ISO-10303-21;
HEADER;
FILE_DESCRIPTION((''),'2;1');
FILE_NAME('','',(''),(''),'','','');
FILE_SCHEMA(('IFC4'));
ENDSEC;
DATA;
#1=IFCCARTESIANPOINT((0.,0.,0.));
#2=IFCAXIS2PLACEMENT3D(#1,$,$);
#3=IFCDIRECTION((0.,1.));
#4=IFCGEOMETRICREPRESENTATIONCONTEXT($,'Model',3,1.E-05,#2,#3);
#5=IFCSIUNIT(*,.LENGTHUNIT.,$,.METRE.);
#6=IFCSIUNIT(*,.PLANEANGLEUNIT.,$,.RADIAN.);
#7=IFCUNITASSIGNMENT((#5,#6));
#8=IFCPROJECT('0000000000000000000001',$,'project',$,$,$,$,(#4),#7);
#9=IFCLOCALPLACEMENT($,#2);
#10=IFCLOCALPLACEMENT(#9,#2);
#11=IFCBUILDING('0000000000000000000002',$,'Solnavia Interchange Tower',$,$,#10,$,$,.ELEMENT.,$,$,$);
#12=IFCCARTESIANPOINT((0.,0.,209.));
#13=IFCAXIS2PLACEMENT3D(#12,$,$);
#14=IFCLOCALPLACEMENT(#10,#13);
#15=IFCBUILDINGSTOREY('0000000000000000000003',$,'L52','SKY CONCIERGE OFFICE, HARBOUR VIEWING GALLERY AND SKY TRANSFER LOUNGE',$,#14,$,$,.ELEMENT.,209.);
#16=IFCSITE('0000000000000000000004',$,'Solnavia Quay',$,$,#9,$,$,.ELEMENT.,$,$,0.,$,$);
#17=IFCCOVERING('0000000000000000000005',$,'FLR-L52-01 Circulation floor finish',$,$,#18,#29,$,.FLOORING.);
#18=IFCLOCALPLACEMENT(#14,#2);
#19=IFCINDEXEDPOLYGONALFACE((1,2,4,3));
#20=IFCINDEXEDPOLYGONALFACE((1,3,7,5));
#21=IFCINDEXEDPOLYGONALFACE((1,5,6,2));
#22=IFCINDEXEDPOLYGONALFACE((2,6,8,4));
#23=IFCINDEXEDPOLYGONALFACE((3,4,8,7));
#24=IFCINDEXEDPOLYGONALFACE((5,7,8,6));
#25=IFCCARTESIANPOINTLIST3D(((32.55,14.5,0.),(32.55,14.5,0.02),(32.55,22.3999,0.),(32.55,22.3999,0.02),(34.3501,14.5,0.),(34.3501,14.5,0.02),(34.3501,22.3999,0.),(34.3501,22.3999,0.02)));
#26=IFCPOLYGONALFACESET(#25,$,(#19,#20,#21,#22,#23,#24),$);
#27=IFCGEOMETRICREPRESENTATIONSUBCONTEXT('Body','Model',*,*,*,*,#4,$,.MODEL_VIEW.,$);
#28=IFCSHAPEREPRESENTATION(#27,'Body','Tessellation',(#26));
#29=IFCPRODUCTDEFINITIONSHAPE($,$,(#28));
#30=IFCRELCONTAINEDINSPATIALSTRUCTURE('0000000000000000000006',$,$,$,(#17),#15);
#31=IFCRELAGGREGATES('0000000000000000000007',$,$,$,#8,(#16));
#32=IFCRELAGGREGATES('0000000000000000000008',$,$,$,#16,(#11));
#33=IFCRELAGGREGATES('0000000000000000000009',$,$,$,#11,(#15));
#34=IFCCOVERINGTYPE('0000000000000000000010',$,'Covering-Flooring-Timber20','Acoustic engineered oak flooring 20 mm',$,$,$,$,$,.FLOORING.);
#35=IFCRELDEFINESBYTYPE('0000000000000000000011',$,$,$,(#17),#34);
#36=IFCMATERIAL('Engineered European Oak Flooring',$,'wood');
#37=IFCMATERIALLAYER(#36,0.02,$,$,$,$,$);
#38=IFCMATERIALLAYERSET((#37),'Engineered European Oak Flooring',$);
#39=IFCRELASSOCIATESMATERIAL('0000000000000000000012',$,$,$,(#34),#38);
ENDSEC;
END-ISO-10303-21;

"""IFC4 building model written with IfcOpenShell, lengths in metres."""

from ifc_helpers import new_model, si_unit, direction, frame, origin, place, context, subcontext, project, spatial, polyline, outline, extrude, material, layer, layer_set, type_object, element, save


model = new_model("IFC4")

# Units and contexts
model_context = context("Model", 3, precision=1e-05, world=origin(), true_north=direction((0.0, 1.0)))
body_context = subcontext(model_context, "Body", "Model", "MODEL_VIEW")
ifc_project = project(units=[si_unit("LENGTHUNIT", "METRE"), si_unit("PLANEANGLEUNIT", "RADIAN")], contexts=[model_context])

# Site, building, storey
site_placement = place(None, origin())
site = spatial("IfcSite", under=ifc_project, at=site_placement, Name="Solnavia Quay", CompositionType="ELEMENT", RefElevation=0.0)
building_placement = place(site_placement, origin())
building = spatial("IfcBuilding", under=site, at=building_placement, Name="Solnavia Interchange Tower", CompositionType="ELEMENT")
storey_placement = place(building_placement, frame((0.0, 0.0, 209.0)))
storey = spatial("IfcBuildingStorey", under=building, at=storey_placement, Name="L52", Description="SKY CONCIERGE OFFICE, HARBOUR VIEWING GALLERY AND SKY TRANSFER LOUNGE", CompositionType="ELEMENT", Elevation=209.0)

# Covering
ifc_material_1 = material(Name="Engineered European Oak Flooring", Category="wood")
ifc_layer_1 = layer(ifc_material_1, 0.02)
ifc_layer_set_1 = layer_set([ifc_layer_1], Name="Engineered European Oak Flooring")
covering_type_1 = type_object("IfcCoveringType", Name="Covering-Flooring-Timber20", Description="Acoustic engineered oak flooring 20 mm", PredefinedType="FLOORING", material=ifc_layer_set_1)
covering_1_placement = place(storey_placement, origin())
element("IfcCovering", 1, at=covering_1_placement, inside=storey, type_object=covering_type_1, Name="FLR-L52-01 Circulation floor finish", PredefinedType="FLOORING", context=body_context, shape_type="SweptSolid", body=[
    extrude(outline(polyline([(32.55, 14.5), (34.3501, 14.5), (34.3501, 22.3999), (32.55, 22.3999), (32.55, 14.5)])), origin(), (0.0, 0.0, 1.0), 0.02),
])

save(model, "model.ifc")
